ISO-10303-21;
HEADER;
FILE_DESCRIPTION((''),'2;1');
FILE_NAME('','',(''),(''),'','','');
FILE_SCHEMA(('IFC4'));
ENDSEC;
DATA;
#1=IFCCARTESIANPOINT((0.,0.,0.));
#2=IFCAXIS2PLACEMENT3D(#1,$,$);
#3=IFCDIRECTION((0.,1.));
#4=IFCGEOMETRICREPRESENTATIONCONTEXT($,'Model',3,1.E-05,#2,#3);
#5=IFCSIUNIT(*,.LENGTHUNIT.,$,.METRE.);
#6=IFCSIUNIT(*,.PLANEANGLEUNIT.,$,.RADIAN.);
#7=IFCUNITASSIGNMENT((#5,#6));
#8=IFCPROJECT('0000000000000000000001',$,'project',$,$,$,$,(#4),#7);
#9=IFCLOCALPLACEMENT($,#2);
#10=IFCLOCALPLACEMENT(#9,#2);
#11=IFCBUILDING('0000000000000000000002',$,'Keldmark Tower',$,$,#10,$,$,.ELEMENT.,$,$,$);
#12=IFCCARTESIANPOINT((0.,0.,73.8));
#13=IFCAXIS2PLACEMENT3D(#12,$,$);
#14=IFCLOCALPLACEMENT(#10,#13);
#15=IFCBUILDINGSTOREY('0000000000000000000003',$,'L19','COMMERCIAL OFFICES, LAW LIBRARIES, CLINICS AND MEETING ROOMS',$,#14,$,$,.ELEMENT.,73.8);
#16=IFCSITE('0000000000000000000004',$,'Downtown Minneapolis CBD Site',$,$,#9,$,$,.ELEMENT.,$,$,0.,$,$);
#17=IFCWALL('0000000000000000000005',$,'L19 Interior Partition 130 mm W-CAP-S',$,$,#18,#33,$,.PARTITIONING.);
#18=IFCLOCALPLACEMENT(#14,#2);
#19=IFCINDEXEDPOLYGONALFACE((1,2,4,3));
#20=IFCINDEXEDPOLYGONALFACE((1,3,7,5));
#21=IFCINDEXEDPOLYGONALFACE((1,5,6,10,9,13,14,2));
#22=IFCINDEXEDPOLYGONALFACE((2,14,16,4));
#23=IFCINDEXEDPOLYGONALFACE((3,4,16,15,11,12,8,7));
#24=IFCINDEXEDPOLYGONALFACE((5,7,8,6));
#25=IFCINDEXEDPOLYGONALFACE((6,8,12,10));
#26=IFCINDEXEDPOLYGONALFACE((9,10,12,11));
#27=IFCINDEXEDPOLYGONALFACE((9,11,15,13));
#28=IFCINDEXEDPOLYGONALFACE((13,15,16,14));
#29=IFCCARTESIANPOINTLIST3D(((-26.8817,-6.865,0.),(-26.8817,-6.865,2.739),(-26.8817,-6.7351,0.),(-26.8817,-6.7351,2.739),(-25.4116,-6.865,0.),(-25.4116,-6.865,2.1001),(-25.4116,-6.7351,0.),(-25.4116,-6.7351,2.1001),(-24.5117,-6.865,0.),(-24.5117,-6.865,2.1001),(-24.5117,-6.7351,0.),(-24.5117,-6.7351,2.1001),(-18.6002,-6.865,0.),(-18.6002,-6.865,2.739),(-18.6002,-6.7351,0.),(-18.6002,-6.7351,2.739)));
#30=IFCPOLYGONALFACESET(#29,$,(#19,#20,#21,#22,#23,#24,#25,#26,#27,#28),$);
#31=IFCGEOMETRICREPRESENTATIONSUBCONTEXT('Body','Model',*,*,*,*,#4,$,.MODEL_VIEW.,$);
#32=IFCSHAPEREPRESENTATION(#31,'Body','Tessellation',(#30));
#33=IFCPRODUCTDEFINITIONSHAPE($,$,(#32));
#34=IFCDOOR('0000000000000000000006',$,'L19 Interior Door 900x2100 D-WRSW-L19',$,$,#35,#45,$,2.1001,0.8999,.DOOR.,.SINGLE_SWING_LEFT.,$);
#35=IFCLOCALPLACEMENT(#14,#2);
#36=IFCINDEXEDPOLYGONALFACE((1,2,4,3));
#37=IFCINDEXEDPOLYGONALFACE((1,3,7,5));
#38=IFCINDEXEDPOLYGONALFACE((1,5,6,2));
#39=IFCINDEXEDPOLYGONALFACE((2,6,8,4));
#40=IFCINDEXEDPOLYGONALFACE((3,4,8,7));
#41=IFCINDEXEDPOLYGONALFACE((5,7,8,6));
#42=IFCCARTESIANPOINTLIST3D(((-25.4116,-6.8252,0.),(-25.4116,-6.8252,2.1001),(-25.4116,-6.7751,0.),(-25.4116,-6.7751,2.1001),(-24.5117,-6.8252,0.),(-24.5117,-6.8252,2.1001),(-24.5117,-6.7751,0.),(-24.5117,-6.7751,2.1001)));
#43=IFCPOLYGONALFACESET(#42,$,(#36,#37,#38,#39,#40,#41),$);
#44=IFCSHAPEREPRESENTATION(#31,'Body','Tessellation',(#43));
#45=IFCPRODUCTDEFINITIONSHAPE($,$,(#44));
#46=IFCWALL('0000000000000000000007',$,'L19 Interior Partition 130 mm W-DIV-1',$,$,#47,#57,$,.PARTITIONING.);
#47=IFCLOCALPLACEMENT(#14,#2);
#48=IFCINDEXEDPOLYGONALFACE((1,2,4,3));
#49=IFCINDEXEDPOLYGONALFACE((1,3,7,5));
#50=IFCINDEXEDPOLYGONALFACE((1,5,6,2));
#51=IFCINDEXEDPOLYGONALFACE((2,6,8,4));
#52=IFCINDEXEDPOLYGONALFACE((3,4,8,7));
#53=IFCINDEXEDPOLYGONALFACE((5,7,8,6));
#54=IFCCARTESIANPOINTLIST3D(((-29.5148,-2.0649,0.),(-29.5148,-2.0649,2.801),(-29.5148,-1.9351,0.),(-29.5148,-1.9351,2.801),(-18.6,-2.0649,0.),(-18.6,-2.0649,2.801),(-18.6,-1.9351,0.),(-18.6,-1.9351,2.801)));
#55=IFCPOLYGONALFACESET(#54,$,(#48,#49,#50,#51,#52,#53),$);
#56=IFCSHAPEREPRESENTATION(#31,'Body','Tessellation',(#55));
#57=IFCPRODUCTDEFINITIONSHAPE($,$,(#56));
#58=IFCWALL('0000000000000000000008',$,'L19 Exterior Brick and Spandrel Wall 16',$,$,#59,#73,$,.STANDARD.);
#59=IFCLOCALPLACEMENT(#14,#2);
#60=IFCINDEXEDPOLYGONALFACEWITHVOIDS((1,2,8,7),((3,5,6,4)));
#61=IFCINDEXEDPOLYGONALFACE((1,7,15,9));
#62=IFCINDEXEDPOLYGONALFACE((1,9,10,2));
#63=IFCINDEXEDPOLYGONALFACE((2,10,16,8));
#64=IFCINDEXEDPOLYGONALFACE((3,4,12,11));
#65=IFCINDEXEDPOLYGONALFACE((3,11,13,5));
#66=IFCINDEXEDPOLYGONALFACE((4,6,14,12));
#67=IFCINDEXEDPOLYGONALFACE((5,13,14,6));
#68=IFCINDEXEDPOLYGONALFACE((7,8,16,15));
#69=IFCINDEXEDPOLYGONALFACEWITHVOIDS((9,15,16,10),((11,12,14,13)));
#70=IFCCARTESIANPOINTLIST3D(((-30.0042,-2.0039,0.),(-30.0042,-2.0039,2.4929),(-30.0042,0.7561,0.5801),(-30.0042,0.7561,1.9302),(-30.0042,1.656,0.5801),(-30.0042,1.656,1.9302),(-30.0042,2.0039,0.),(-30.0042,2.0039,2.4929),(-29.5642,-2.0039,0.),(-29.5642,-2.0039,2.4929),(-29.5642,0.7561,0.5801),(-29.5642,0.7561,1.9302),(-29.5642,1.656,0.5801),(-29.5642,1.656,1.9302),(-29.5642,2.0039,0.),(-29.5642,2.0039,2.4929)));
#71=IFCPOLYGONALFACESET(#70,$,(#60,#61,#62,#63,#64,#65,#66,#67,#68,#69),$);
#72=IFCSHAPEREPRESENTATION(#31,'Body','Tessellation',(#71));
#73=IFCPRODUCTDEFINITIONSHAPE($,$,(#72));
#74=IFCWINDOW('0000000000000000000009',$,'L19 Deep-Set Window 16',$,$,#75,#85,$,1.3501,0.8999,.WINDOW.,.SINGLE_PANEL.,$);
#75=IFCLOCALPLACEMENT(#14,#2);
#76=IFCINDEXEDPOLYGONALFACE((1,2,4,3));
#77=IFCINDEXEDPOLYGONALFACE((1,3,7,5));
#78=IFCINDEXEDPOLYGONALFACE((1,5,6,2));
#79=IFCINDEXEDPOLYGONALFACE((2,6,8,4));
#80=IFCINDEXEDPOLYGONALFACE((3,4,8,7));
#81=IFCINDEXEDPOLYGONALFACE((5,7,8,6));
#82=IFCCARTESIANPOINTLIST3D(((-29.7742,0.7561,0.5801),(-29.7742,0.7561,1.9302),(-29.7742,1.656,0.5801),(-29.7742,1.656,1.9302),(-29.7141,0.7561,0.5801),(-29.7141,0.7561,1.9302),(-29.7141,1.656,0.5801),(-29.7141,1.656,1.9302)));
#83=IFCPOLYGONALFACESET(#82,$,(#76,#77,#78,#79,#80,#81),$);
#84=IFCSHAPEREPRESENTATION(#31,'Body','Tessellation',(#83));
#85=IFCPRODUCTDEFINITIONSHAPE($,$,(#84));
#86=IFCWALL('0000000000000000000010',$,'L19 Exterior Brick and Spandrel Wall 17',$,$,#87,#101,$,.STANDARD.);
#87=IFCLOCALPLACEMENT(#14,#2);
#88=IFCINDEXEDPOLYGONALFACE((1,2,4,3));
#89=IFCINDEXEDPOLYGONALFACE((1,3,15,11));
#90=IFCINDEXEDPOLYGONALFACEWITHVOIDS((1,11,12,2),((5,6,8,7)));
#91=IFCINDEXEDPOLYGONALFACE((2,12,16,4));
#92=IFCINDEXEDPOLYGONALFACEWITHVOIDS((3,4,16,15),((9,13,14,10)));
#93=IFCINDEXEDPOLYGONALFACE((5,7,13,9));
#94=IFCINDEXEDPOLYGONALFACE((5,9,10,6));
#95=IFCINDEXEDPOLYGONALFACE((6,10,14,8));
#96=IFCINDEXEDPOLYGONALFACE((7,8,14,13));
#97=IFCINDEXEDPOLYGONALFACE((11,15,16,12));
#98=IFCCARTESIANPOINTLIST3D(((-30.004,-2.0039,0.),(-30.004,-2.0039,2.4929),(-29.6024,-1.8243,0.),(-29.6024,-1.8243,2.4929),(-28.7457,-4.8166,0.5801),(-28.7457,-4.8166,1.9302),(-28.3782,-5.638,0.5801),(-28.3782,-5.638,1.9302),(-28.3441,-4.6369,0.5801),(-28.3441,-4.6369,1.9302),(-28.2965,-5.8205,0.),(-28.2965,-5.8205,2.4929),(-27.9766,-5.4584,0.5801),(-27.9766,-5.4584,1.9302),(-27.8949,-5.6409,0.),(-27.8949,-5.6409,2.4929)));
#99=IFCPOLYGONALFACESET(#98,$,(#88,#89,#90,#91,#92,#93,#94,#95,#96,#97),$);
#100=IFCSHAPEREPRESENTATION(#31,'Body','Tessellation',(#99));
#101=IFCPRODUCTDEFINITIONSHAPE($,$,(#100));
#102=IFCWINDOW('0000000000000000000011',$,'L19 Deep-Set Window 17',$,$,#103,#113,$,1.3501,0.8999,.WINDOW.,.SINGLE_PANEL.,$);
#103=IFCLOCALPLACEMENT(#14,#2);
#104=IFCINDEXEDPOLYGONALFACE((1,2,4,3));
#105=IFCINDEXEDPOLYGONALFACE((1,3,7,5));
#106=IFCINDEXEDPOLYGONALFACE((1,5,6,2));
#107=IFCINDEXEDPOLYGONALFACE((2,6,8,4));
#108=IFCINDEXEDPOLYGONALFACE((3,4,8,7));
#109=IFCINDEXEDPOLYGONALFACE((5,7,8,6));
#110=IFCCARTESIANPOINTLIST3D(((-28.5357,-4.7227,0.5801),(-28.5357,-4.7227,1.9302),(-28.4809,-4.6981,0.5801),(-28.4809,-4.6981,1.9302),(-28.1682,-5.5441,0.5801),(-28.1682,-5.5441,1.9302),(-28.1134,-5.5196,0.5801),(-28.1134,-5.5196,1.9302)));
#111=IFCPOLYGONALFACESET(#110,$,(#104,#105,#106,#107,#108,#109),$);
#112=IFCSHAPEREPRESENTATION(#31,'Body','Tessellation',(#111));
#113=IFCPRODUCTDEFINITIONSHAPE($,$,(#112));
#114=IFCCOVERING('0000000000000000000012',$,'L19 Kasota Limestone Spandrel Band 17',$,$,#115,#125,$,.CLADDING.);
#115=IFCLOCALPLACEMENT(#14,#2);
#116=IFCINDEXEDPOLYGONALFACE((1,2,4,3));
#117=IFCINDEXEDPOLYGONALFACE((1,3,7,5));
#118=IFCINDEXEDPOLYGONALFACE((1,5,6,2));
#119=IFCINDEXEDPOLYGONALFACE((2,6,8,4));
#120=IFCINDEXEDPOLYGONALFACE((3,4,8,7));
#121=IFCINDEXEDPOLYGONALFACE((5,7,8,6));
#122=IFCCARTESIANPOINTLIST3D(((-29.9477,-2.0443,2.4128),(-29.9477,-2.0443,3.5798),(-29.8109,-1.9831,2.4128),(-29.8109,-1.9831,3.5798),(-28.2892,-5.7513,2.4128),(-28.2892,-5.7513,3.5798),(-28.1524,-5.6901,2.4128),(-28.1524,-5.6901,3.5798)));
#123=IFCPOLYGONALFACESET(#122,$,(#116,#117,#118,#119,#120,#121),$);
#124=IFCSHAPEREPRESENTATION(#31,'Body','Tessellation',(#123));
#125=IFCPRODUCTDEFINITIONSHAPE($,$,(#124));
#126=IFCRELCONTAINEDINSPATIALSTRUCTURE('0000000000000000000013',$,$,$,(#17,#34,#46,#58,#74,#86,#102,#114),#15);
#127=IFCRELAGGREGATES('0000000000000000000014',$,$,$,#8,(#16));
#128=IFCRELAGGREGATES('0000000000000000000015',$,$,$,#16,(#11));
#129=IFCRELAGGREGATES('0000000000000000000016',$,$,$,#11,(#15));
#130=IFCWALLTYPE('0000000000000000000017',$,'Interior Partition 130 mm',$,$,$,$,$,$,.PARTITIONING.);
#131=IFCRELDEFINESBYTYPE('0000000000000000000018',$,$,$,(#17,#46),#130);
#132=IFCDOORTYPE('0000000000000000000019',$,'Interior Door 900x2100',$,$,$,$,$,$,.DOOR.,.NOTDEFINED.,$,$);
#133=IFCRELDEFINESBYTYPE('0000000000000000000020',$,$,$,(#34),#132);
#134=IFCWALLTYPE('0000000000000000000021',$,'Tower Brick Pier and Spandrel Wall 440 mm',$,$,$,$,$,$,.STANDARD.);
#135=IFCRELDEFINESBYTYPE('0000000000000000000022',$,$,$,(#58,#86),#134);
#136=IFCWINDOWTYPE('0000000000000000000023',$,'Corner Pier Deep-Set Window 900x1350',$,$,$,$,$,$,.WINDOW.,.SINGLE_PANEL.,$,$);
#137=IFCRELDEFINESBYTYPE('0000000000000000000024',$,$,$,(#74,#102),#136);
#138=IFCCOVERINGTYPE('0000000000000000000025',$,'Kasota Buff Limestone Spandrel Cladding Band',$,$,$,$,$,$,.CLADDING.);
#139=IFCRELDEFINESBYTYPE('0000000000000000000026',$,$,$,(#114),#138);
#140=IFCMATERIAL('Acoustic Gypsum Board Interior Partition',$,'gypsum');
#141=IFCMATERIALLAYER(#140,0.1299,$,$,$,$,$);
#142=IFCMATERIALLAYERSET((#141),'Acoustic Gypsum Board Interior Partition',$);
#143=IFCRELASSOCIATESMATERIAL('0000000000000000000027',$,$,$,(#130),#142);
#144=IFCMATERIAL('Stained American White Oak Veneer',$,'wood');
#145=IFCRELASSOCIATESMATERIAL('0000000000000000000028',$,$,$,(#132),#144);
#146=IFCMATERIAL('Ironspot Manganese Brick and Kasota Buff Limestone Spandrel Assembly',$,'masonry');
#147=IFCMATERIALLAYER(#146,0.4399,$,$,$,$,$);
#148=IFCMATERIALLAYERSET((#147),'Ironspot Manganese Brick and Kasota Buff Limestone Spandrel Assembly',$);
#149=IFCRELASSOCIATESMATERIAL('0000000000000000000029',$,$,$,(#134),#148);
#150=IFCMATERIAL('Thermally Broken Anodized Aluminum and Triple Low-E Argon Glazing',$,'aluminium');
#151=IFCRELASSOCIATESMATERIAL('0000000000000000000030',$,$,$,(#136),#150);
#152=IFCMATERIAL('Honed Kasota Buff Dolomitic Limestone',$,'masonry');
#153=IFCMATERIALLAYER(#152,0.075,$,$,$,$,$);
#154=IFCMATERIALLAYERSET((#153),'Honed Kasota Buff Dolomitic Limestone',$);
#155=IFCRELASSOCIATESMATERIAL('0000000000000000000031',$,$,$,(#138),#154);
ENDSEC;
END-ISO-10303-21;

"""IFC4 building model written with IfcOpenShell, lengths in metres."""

from ifc_helpers import new_model, si_unit, direction, frame, frame_2d, origin, origin_2d, place, context, subcontext, project, spatial, rectangle, extrude, material, layer, layer_set, type_object, element, fill, save


model = new_model("IFC4")

# Units and contexts
model_context = context("Model", 3, precision=1e-05, world=origin(), true_north=direction((0.0, 1.0)))
body_context = subcontext(model_context, "Body", "Model", "MODEL_VIEW")
ifc_project = project(units=[si_unit("LENGTHUNIT", "METRE"), si_unit("PLANEANGLEUNIT", "RADIAN")], contexts=[model_context])

# Site, building, storey
site_placement = place(None, origin())
site = spatial("IfcSite", under=ifc_project, at=site_placement, Name="Downtown Minneapolis CBD Site", CompositionType="ELEMENT", RefElevation=0.0)
building_placement = place(site_placement, origin())
building = spatial("IfcBuilding", under=site, at=building_placement, Name="Keldmark Tower", CompositionType="ELEMENT")
storey_placement = place(building_placement, frame((0.0, 0.0, 73.8)))
storey = spatial("IfcBuildingStorey", under=building, at=storey_placement, Name="L19", Description="COMMERCIAL OFFICES, LAW LIBRARIES, CLINICS AND MEETING ROOMS", CompositionType="ELEMENT", Elevation=73.8)

# Wall, opening, door
ifc_material_1 = material(Name="Acoustic Gypsum Board Interior Partition", Category="gypsum")
ifc_layer_1 = layer(ifc_material_1, 0.1299)
ifc_layer_set_1 = layer_set([ifc_layer_1], Name="Acoustic Gypsum Board Interior Partition")
wall_type_1 = type_object("IfcWallType", Name="Interior Partition 130 mm", PredefinedType="PARTITIONING", material=ifc_layer_set_1)
wall_1_placement = place(storey_placement, frame((-26.8816, -6.8, 0.0), z_axis=(0.0, 0.0, 1.0), x_axis=(1.0, 0.0, 0.0)))
wall_1 = element("IfcWall", 1, at=wall_1_placement, inside=storey, type_object=wall_type_1, Name="L19 Interior Partition 130 mm W-CAP-S", PredefinedType="PARTITIONING", context=body_context, shape_type="SweptSolid", body=[
    extrude(rectangle(XDim=8.2815, YDim=0.1299, at=frame_2d((4.1406, 0.0))), origin(), (0.0, 0.0, 1.0), 2.739),
])
opening_1_placement = place(wall_1_placement, frame((1.47, 0.0, 0.0)))
opening_1 = element("IfcOpeningElement", 2, at=opening_1_placement, cuts=wall_1, PredefinedType="OPENING", context=body_context, shape_type="SweptSolid", body=[
    extrude(rectangle(XDim=0.8999, YDim=2.1001, at=frame_2d((0.45, 1.05))), frame((0.0, 0.075, 0.0), z_axis=(0.0, -1.0, 0.0), x_axis=(1.0, 0.0, 0.0)), (0.0, 0.0, 1.0), 0.1499),
])
ifc_material_2 = material(Name="Stained American White Oak Veneer", Category="wood")
door_type = type_object("IfcDoorType", Name="Interior Door 900x2100", OperationType="NOTDEFINED", PredefinedType="DOOR", material=ifc_material_2)
door_placement = place(opening_1_placement, origin())
door = element("IfcDoor", 3, at=door_placement, inside=storey, type_object=door_type, Name="L19 Interior Door 900x2100 D-WRSW-L19", OperationType="SINGLE_SWING_LEFT", OverallHeight=2.1001, OverallWidth=0.8999, PredefinedType="DOOR", context=body_context, shape_type="SweptSolid", body=[
    extrude(rectangle(XDim=0.8999, YDim=2.1001, at=frame_2d((0.45, 1.05))), frame((0.0, 0.0249, 0.0), z_axis=(0.0, -1.0, 0.0), x_axis=(1.0, 0.0, 0.0)), (0.0, 0.0, 1.0), 0.05),
])
fill(opening_1, door)

# Wall
wall_2_placement = place(storey_placement, frame((-29.5149, -2.0, 0.0), z_axis=(0.0, 0.0, 1.0), x_axis=(1.0, 0.0, 0.0)))
element("IfcWall", 4, at=wall_2_placement, inside=storey, type_object=wall_type_1, Name="L19 Interior Partition 130 mm W-DIV-1", PredefinedType="PARTITIONING", context=body_context, shape_type="SweptSolid", body=[
    extrude(rectangle(XDim=10.9148, YDim=0.1299, at=frame_2d((5.4575, 0.0))), origin(), (0.0, 0.0, 1.0), 2.801),
])

# Walls, openings, windows
ifc_material_3 = material(Name="Ironspot Manganese Brick and Kasota Buff Limestone Spandrel Assembly", Category="masonry")
ifc_layer_2 = layer(ifc_material_3, 0.4399)
ifc_layer_set_2 = layer_set([ifc_layer_2], Name="Ironspot Manganese Brick and Kasota Buff Limestone Spandrel Assembly")
wall_type_2 = type_object("IfcWallType", Name="Tower Brick Pier and Spandrel Wall 440 mm", PredefinedType="STANDARD", material=ifc_layer_set_2)
wall_3_placement = place(storey_placement, frame((-29.7842, -2.0039, 0.0), z_axis=(0.0, 0.0, 1.0), x_axis=(0.0, 1.0, 0.0)))
wall_3 = element("IfcWall", 5, at=wall_3_placement, inside=storey, type_object=wall_type_2, Name="L19 Exterior Brick and Spandrel Wall 16", PredefinedType="STANDARD", context=body_context, shape_type="SweptSolid", body=[
    extrude(rectangle(XDim=4.0078, YDim=0.4399, at=frame_2d((2.0039, 0.0))), origin(), (0.0, 0.0, 1.0), 2.4929),
])
opening_2_placement = place(wall_3_placement, frame((2.76, 0.0, 0.5801)))
opening_2 = element("IfcOpeningElement", 6, at=opening_2_placement, cuts=wall_3, PredefinedType="OPENING", context=body_context, shape_type="SweptSolid", body=[
    extrude(rectangle(XDim=0.8999, YDim=1.3501, at=frame_2d((0.45, 0.675))), frame((0.0, 0.23, 0.0), z_axis=(0.0, -1.0, 0.0), x_axis=(1.0, 0.0, 0.0)), (0.0, 0.0, 1.0), 0.46),
])
ifc_material_4 = material(Name="Thermally Broken Anodized Aluminum and Triple Low-E Argon Glazing", Category="aluminium")
window_type = type_object("IfcWindowType", Name="Corner Pier Deep-Set Window 900x1350", PartitioningType="SINGLE_PANEL", PredefinedType="WINDOW", material=ifc_material_4)
window_1_placement = place(opening_2_placement, origin())
window_1 = element("IfcWindow", 7, at=window_1_placement, inside=storey, type_object=window_type, Name="L19 Deep-Set Window 16", OverallHeight=1.3501, OverallWidth=0.8999, PartitioningType="SINGLE_PANEL", PredefinedType="WINDOW", context=body_context, shape_type="SweptSolid", body=[
    extrude(rectangle(XDim=0.8999, YDim=1.3501, at=frame_2d((0.45, 0.675))), frame((0.0, -0.01, 0.0), z_axis=(0.0, -1.0, 0.0), x_axis=(1.0, 0.0, 0.0)), (0.0, 0.0, 1.0), 0.0601),
])
fill(opening_2, window_1)
wall_4_placement = place(storey_placement, frame((-28.0957, -5.7307, 0.0), z_axis=(0.0, 0.0, 1.0), x_axis=(-0.40838, 0.912812, 0.0)))
wall_4 = element("IfcWall", 8, at=wall_4_placement, inside=storey, type_object=wall_type_2, Name="L19 Exterior Brick and Spandrel Wall 17", PredefinedType="STANDARD", context=body_context, shape_type="SweptSolid", body=[
    extrude(rectangle(XDim=4.1812, YDim=0.4399, at=frame_2d((2.0906, 0.0))), origin(), (0.0, 0.0, 1.0), 2.4929),
])
opening_3_placement = place(wall_4_placement, frame((0.2, 0.0, 0.5801)))
opening_3 = element("IfcOpeningElement", 9, at=opening_3_placement, cuts=wall_4, PredefinedType="OPENING", context=body_context, shape_type="SweptSolid", body=[
    extrude(rectangle(XDim=0.8999, YDim=1.3501, at=frame_2d((0.45, 0.675))), frame((0.0, 0.23, 0.0), z_axis=(0.0, -1.0, 0.0), x_axis=(1.0, 0.0, 0.0)), (0.0, 0.0, 1.0), 0.46),
])
window_2_placement = place(opening_3_placement, origin())
window_2 = element("IfcWindow", 10, at=window_2_placement, inside=storey, type_object=window_type, Name="L19 Deep-Set Window 17", OverallHeight=1.3501, OverallWidth=0.8999, PartitioningType="SINGLE_PANEL", PredefinedType="WINDOW", context=body_context, shape_type="SweptSolid", body=[
    extrude(rectangle(XDim=0.8999, YDim=1.3501, at=frame_2d((0.45, 0.675))), frame((0.0, -0.01, 0.0), z_axis=(0.0, -1.0, 0.0), x_axis=(1.0, 0.0, 0.0)), (0.0, 0.0, 1.0), 0.0601),
])
fill(opening_3, window_2)

# Covering
ifc_material_5 = material(Name="Honed Kasota Buff Dolomitic Limestone", Category="masonry")
ifc_layer_3 = layer(ifc_material_5, 0.075)
ifc_layer_set_3 = layer_set([ifc_layer_3], Name="Honed Kasota Buff Dolomitic Limestone")
covering_type = type_object("IfcCoveringType", Name="Kasota Buff Limestone Spandrel Cladding Band", PredefinedType="CLADDING", material=ifc_layer_set_3)
covering_placement = place(storey_placement, frame((-29.05, -3.8672, 2.4128), z_axis=(0.0, 0.0, 1.0), x_axis=(0.408378, -0.912813, 0.0)))
element("IfcCovering", 11, at=covering_placement, inside=storey, type_object=covering_type, Name="L19 Kasota Limestone Spandrel Band 17", PredefinedType="CLADDING", context=body_context, shape_type="SweptSolid", body=[
    extrude(rectangle(XDim=4.061, YDim=0.1499, at=origin_2d()), origin(), (0.0, 0.0, 1.0), 1.167),
])

save(model, "model.ifc")
